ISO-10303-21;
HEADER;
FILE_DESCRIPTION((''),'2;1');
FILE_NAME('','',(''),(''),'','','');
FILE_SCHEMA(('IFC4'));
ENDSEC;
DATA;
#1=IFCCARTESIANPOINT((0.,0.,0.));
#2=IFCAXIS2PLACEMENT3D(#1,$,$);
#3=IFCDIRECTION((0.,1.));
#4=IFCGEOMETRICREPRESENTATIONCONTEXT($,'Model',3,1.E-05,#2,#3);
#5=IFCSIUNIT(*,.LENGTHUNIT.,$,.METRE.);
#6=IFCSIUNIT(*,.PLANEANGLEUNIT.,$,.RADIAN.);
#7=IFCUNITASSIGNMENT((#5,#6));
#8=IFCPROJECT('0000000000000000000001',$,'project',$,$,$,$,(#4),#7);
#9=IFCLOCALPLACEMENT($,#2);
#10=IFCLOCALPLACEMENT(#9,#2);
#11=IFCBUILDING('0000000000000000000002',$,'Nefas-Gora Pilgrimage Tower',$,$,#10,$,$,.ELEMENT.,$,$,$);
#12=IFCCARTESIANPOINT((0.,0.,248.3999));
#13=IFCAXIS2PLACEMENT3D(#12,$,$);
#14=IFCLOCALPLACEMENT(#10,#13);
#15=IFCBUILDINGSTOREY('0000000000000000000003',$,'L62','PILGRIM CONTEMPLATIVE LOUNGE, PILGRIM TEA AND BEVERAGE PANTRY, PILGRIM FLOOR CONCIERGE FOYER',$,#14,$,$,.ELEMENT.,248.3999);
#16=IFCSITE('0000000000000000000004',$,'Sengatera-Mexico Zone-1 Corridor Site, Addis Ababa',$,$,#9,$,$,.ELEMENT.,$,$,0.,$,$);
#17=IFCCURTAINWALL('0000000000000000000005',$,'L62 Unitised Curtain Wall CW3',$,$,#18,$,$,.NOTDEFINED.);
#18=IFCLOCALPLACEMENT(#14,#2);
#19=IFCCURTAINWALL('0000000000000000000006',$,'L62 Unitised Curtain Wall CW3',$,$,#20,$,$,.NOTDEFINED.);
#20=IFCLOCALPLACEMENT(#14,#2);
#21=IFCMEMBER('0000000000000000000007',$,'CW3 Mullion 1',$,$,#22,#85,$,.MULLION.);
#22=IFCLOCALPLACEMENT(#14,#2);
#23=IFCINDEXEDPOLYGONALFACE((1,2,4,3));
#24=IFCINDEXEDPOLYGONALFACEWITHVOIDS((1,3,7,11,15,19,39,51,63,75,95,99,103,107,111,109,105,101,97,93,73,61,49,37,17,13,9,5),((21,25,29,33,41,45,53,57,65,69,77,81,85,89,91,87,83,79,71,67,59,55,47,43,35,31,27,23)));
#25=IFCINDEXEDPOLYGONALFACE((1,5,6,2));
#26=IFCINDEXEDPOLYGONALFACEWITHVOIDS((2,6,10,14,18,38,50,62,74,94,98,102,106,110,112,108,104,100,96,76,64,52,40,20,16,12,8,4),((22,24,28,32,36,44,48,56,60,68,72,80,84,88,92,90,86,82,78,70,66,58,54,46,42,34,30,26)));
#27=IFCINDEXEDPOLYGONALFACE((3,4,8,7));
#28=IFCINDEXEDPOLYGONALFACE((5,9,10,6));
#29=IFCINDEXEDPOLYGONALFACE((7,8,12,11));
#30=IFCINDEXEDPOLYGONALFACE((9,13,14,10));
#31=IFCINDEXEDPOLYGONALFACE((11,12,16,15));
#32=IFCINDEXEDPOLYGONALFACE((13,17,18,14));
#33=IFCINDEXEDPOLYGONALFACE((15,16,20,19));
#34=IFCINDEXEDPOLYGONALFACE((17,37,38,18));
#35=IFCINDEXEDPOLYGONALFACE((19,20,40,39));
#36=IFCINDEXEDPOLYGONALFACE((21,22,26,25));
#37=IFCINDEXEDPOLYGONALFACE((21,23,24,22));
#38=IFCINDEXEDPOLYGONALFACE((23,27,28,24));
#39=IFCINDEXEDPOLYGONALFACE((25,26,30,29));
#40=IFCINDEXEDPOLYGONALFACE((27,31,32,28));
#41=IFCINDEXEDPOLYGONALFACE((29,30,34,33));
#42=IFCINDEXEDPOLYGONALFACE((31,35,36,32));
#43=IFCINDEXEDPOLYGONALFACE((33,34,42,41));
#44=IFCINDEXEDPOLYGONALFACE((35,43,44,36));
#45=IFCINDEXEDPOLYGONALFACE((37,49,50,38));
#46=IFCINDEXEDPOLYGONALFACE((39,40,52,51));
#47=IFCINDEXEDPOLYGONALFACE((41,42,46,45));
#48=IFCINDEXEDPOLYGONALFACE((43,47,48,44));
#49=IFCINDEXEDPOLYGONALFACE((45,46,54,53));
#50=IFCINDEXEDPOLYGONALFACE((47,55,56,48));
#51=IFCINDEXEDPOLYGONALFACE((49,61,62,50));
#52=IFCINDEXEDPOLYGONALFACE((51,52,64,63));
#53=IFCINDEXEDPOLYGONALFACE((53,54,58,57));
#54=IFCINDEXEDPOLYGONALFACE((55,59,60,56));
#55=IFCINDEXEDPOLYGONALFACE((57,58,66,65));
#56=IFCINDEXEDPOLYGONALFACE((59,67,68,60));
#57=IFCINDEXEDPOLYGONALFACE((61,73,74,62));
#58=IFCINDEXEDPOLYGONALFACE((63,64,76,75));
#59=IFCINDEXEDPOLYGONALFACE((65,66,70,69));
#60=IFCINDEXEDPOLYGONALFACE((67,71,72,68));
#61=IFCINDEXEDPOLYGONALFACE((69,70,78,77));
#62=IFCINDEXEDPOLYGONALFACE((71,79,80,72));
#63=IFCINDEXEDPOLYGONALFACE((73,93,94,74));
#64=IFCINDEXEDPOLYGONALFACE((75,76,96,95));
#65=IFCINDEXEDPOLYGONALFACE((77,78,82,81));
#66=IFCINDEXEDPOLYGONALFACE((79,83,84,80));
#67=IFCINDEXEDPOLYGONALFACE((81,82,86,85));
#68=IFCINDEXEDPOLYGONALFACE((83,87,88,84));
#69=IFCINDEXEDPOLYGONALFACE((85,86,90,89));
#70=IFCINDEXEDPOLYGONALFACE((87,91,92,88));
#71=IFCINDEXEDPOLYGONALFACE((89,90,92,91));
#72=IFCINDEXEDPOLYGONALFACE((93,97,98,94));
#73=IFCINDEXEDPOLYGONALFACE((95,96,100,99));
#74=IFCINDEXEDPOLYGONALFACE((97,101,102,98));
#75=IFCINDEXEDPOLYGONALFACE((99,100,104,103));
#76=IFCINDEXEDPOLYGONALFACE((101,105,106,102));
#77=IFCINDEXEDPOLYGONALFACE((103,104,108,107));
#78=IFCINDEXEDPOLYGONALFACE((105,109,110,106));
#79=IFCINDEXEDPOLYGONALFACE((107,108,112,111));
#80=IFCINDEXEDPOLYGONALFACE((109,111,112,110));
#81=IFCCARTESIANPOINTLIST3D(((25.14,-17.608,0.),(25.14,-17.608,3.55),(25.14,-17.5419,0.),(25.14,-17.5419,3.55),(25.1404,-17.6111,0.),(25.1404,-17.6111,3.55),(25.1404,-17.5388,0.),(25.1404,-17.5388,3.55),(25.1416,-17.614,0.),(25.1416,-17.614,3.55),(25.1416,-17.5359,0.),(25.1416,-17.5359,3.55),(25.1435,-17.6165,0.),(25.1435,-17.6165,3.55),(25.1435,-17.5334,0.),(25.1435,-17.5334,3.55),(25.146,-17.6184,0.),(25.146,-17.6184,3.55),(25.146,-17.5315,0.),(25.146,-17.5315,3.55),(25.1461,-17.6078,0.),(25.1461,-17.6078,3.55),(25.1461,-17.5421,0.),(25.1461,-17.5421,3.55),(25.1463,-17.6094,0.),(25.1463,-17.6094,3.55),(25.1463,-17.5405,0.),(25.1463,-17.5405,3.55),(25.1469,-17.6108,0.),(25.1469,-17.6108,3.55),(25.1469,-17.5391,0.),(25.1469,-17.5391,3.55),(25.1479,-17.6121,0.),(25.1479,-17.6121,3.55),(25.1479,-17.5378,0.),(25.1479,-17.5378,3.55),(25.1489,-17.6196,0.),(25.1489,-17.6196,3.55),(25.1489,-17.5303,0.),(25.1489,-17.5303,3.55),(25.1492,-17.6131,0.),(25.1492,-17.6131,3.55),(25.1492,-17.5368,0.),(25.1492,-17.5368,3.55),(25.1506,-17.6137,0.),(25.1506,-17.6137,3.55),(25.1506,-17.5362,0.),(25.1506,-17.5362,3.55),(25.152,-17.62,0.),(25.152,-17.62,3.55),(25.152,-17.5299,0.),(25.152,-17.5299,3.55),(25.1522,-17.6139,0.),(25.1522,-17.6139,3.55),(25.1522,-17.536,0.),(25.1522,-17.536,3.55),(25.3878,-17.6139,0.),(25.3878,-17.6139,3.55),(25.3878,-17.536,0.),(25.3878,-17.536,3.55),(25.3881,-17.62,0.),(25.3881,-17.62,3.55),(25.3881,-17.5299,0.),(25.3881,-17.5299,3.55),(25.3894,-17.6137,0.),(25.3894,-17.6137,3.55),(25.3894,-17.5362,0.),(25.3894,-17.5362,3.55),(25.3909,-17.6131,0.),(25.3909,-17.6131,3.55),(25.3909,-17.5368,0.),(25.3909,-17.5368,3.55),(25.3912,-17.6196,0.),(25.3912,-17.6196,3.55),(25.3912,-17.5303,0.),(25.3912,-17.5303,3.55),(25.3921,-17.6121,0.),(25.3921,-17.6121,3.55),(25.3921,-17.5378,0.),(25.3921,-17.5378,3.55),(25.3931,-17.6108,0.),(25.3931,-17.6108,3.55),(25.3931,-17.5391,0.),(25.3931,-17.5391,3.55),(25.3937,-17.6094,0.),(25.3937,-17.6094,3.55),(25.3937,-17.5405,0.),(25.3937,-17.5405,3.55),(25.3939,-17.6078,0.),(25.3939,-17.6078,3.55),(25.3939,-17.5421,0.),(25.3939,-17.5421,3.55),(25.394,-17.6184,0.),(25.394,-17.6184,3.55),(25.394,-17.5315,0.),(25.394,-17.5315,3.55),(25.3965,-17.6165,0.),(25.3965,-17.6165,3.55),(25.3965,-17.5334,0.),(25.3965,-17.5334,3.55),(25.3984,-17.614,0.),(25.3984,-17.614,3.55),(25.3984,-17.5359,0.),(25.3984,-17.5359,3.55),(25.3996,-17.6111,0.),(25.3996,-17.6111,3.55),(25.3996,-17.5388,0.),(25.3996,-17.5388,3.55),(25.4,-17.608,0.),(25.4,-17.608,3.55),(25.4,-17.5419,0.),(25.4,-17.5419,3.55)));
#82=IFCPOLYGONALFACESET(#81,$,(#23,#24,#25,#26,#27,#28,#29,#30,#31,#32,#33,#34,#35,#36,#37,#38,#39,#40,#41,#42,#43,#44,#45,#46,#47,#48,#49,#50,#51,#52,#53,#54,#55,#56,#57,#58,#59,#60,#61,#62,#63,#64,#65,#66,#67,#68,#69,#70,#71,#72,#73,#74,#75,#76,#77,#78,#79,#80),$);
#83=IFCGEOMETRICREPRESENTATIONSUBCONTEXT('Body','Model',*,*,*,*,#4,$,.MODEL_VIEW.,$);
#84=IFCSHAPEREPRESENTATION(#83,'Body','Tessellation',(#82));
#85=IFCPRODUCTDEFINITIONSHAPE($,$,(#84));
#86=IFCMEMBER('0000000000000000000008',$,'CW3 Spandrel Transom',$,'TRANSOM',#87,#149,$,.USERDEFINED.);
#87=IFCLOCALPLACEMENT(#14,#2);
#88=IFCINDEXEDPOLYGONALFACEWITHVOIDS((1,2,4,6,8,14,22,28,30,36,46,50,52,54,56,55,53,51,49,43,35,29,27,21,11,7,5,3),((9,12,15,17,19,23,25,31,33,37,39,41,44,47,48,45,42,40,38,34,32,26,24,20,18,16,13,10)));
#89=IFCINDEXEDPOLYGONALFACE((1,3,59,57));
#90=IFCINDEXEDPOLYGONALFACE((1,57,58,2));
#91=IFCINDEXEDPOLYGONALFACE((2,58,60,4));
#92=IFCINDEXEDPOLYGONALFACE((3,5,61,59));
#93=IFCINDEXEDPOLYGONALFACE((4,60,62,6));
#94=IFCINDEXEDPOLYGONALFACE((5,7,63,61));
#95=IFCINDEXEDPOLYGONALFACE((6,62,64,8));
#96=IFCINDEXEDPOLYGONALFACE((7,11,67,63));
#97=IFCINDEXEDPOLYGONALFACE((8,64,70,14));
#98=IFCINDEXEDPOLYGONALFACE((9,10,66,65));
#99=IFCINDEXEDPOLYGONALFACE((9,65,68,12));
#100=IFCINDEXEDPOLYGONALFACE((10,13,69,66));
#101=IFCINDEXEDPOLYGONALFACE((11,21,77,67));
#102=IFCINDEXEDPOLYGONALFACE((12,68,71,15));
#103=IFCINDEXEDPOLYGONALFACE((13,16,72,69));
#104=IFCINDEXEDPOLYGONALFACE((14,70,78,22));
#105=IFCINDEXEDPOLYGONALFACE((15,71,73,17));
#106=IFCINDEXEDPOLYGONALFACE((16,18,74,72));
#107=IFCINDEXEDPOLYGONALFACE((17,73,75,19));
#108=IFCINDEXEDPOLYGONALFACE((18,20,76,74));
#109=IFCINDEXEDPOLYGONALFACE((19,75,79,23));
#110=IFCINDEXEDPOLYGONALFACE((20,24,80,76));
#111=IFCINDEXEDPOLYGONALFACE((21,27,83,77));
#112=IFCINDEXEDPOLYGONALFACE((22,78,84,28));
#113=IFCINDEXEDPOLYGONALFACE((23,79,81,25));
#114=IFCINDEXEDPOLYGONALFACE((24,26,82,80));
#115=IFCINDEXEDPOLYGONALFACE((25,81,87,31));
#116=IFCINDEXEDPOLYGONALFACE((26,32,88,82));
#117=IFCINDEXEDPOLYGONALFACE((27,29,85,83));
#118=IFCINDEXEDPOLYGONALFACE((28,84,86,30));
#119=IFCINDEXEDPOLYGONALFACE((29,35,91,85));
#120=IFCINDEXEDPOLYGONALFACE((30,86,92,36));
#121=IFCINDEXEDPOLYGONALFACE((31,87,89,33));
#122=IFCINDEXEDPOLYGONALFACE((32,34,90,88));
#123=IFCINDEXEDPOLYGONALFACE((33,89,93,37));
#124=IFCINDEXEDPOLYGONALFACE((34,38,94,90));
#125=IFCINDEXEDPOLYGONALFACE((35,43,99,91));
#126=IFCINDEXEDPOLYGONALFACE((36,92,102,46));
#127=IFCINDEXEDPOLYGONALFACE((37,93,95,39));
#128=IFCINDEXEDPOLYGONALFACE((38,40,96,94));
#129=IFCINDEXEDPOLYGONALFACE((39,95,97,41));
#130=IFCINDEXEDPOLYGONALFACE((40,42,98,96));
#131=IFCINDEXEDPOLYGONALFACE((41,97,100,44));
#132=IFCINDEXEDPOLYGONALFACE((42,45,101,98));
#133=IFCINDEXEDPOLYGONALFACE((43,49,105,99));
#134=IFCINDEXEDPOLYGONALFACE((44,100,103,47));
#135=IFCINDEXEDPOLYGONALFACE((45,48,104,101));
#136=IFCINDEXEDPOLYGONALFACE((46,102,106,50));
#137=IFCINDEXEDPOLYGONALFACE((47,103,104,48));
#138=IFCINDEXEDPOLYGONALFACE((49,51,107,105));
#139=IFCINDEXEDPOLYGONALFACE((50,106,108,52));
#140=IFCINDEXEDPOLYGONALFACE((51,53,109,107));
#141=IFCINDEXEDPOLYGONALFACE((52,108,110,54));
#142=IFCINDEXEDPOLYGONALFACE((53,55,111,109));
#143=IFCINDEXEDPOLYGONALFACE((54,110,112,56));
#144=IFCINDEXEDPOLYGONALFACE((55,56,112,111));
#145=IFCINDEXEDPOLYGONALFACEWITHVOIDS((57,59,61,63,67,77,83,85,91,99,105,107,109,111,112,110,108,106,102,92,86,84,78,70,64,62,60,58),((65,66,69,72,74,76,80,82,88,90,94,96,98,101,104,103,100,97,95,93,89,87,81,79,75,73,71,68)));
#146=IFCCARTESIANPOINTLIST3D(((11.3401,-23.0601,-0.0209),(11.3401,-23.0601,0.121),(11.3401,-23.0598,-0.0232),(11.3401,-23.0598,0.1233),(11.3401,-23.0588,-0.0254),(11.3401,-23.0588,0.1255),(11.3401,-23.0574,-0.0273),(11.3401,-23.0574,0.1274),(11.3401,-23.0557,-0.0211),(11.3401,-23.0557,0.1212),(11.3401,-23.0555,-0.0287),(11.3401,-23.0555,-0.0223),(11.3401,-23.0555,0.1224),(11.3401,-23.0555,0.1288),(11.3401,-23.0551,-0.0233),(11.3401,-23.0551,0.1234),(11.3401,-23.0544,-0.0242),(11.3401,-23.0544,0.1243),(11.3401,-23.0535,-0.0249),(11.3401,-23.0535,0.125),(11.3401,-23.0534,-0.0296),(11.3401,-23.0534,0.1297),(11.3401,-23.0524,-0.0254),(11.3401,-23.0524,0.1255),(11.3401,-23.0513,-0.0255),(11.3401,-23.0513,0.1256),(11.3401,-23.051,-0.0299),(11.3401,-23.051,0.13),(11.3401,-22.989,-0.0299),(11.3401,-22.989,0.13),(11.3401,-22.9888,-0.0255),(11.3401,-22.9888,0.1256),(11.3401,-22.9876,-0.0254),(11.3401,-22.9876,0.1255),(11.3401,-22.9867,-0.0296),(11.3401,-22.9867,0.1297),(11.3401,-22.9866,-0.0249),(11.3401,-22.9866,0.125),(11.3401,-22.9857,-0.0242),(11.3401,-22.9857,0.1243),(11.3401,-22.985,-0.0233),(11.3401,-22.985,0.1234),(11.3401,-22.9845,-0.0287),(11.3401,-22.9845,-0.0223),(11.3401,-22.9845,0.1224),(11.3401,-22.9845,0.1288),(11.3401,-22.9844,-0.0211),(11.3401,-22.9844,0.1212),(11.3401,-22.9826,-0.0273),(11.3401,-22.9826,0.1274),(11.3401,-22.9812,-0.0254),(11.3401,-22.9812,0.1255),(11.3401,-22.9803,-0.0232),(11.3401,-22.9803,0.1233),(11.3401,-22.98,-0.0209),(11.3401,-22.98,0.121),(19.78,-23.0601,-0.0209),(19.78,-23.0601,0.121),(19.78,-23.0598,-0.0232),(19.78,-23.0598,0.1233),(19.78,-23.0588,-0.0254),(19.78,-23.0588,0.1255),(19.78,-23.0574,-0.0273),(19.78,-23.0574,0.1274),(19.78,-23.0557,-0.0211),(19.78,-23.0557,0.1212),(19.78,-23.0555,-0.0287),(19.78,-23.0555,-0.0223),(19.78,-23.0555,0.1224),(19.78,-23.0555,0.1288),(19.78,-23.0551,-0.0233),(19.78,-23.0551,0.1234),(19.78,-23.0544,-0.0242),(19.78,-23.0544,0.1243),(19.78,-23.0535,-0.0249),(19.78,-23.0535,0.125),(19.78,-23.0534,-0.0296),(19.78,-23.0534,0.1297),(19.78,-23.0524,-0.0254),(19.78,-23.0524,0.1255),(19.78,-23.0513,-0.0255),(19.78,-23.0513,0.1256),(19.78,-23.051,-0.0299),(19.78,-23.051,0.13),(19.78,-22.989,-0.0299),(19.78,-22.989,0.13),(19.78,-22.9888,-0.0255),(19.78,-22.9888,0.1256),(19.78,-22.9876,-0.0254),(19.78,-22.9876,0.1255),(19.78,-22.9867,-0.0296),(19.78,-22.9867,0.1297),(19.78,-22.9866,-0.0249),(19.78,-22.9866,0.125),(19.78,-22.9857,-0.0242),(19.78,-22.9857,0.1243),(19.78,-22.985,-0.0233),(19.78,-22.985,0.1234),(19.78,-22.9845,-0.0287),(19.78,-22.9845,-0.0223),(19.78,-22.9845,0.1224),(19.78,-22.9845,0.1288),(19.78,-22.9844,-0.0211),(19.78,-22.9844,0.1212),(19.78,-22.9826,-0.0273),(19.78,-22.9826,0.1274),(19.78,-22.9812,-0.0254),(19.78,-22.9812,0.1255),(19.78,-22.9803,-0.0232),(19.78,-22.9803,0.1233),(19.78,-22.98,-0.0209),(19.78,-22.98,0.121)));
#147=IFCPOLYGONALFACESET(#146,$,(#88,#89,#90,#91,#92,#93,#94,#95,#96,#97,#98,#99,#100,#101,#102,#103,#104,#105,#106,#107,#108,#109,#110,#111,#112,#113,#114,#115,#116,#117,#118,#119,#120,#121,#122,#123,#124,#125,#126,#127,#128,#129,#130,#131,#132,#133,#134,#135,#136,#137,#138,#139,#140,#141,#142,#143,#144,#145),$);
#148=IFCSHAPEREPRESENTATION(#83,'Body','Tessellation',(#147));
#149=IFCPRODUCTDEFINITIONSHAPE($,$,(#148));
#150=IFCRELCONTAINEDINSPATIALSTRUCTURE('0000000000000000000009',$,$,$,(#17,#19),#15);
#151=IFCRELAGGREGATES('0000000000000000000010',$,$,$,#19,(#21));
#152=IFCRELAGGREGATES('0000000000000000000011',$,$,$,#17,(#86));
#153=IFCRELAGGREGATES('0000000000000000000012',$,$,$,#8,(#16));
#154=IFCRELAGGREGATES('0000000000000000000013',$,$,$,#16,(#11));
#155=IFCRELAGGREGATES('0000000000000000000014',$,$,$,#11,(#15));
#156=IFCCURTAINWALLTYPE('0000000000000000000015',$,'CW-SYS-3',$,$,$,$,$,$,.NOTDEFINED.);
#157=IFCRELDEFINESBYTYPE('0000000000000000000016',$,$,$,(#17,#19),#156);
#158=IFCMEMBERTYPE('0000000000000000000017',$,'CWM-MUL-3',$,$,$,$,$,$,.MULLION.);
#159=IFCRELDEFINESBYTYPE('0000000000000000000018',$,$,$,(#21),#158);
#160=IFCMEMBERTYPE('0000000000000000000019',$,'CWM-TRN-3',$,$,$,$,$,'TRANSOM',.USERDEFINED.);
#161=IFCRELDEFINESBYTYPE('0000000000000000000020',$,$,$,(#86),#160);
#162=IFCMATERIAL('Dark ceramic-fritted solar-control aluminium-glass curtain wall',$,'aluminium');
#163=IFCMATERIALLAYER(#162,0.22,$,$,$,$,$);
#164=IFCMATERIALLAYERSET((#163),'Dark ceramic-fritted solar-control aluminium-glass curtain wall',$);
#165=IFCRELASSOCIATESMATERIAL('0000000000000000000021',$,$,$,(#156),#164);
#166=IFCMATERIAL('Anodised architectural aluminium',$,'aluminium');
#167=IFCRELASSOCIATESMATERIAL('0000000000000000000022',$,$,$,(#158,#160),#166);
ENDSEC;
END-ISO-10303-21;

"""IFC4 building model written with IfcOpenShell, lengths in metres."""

from ifc_helpers import new_model, si_unit, direction, frame, origin, origin_2d, place, context, subcontext, project, spatial, hollow_rectangle, extrude, source, transform, mapped, material, layer, layer_set, material_profile, profile_set, type_object, element, aggregate, save


model = new_model("IFC4")

# Units and contexts
model_context = context("Model", 3, precision=1e-05, world=origin(), true_north=direction((0.0, 1.0)))
body_context = subcontext(model_context, "Body", "Model", "MODEL_VIEW")
ifc_project = project(units=[si_unit("LENGTHUNIT", "METRE"), si_unit("PLANEANGLEUNIT", "RADIAN")], contexts=[model_context])

# Site, building, storey
site_placement = place(None, origin())
site = spatial("IfcSite", under=ifc_project, at=site_placement, Name="Sengatera-Mexico Zone-1 Corridor Site, Addis Ababa", CompositionType="ELEMENT", RefElevation=0.0)
building_placement = place(site_placement, origin())
building = spatial("IfcBuilding", under=site, at=building_placement, Name="Nefas-Gora Pilgrimage Tower", CompositionType="ELEMENT")
storey_placement = place(building_placement, frame((0.0, 0.0, 248.3999)))
storey = spatial("IfcBuildingStorey", under=building, at=storey_placement, Name="L62", Description="PILGRIM CONTEMPLATIVE LOUNGE, PILGRIM TEA AND BEVERAGE PANTRY, PILGRIM FLOOR CONCIERGE FOYER", CompositionType="ELEMENT", Elevation=248.3999)

# Curtain wall
ifc_material_1 = material(Name="Dark ceramic-fritted solar-control aluminium-glass curtain wall", Category="aluminium")
ifc_layer_1 = layer(ifc_material_1, 0.22)
ifc_layer_set_1 = layer_set([ifc_layer_1], Name="Dark ceramic-fritted solar-control aluminium-glass curtain wall")
curtain_wall_type = type_object("IfcCurtainWallType", Name="CW-SYS-3", PredefinedType="NOTDEFINED", material=ifc_layer_set_1)
curtain_wall_1_placement = place(storey_placement, origin())
curtain_wall_1 = element("IfcCurtainWall", 1, at=curtain_wall_1_placement, inside=storey, type_object=curtain_wall_type, Name="L62 Unitised Curtain Wall CW3", PredefinedType="NOTDEFINED")
ifc_material_2 = material(Name="Anodised architectural aluminium", Category="aluminium")
ifc_material_profile_1 = material_profile(ifc_material_2, hollow_rectangle(XDim=0.0901, YDim=0.26, WallThickness=0.0061, InnerFilletRadius=0.0061, OuterFilletRadius=0.012, at=origin_2d()), Name="ALU MULLION 90x260")
ifc_profile_set_1 = profile_set([ifc_material_profile_1], Name="Anodised architectural aluminium")
member_type_1 = type_object("IfcMemberType", Name="CWM-MUL-3", PredefinedType="MULLION", material=ifc_profile_set_1)
shared_shape_1 = source(origin(), body_context, "Body", "SweptSolid", [
    extrude(hollow_rectangle(XDim=0.0901, YDim=0.26, WallThickness=0.0061, InnerFilletRadius=0.0061, OuterFilletRadius=0.012, at=origin_2d()), origin(), (0.0, 0.0, 1.0), 3.55),
])

# Curtain wall, member
curtain_wall_2_placement = place(storey_placement, origin())
curtain_wall_2 = element("IfcCurtainWall", 2, at=curtain_wall_2_placement, inside=storey, type_object=curtain_wall_type, Name="L62 Unitised Curtain Wall CW3", PredefinedType="NOTDEFINED")
member_1_placement = place(storey_placement, frame((25.27, -17.575, 0.0), z_axis=(0.0, 0.0, 1.0), x_axis=(0.0, 1.0, 0.0)))
member_1 = element("IfcMember", 3, at=member_1_placement, type_object=member_type_1, Name="CW3 Mullion 1", PredefinedType="MULLION", context=body_context, shape_type="MappedRepresentation", body=[
    mapped(shared_shape_1, transform((0.0, 0.0, 0.0), x_axis=(1.0, 0.0, 0.0), y_axis=(0.0, 1.0, 0.0), z_axis=(0.0, 0.0, 1.0), scale=1.0)),
])

# Member
ifc_material_profile_2 = material_profile(ifc_material_2, hollow_rectangle(XDim=0.0801, YDim=0.1599, WallThickness=0.0044, InnerFilletRadius=0.0044, OuterFilletRadius=0.009, at=origin_2d()), Name="ALU TRANSOM 80x160")
ifc_profile_set_2 = profile_set([ifc_material_profile_2], Name="Anodised architectural aluminium")
member_type_2 = type_object("IfcMemberType", Name="CWM-TRN-3", ElementType="TRANSOM", PredefinedType="USERDEFINED", material=ifc_profile_set_2)
shared_shape_2 = source(origin(), body_context, "Body", "SweptSolid", [
    extrude(hollow_rectangle(XDim=0.0801, YDim=0.1599, WallThickness=0.0044, InnerFilletRadius=0.0044, OuterFilletRadius=0.009, at=origin_2d()), origin(), (0.0, 0.0, 1.0), 8.4399),
])
member_2_placement = place(storey_placement, frame((11.3401, -23.02, 0.05), z_axis=(1.0, 0.0, 0.0), x_axis=(0.0, 1.0, 0.0)))
member_2 = element("IfcMember", 4, at=member_2_placement, type_object=member_type_2, Name="CW3 Spandrel Transom", ObjectType="TRANSOM", PredefinedType="USERDEFINED", context=body_context, shape_type="MappedRepresentation", body=[
    mapped(shared_shape_2, transform((0.0, 0.0, 0.0), x_axis=(1.0, 0.0, 0.0), y_axis=(0.0, 1.0, 0.0), z_axis=(0.0, 0.0, 1.0), scale=1.0)),
])
aggregate(curtain_wall_2, [member_1])

aggregate(curtain_wall_1, [member_2])

save(model, "model.ifc")
